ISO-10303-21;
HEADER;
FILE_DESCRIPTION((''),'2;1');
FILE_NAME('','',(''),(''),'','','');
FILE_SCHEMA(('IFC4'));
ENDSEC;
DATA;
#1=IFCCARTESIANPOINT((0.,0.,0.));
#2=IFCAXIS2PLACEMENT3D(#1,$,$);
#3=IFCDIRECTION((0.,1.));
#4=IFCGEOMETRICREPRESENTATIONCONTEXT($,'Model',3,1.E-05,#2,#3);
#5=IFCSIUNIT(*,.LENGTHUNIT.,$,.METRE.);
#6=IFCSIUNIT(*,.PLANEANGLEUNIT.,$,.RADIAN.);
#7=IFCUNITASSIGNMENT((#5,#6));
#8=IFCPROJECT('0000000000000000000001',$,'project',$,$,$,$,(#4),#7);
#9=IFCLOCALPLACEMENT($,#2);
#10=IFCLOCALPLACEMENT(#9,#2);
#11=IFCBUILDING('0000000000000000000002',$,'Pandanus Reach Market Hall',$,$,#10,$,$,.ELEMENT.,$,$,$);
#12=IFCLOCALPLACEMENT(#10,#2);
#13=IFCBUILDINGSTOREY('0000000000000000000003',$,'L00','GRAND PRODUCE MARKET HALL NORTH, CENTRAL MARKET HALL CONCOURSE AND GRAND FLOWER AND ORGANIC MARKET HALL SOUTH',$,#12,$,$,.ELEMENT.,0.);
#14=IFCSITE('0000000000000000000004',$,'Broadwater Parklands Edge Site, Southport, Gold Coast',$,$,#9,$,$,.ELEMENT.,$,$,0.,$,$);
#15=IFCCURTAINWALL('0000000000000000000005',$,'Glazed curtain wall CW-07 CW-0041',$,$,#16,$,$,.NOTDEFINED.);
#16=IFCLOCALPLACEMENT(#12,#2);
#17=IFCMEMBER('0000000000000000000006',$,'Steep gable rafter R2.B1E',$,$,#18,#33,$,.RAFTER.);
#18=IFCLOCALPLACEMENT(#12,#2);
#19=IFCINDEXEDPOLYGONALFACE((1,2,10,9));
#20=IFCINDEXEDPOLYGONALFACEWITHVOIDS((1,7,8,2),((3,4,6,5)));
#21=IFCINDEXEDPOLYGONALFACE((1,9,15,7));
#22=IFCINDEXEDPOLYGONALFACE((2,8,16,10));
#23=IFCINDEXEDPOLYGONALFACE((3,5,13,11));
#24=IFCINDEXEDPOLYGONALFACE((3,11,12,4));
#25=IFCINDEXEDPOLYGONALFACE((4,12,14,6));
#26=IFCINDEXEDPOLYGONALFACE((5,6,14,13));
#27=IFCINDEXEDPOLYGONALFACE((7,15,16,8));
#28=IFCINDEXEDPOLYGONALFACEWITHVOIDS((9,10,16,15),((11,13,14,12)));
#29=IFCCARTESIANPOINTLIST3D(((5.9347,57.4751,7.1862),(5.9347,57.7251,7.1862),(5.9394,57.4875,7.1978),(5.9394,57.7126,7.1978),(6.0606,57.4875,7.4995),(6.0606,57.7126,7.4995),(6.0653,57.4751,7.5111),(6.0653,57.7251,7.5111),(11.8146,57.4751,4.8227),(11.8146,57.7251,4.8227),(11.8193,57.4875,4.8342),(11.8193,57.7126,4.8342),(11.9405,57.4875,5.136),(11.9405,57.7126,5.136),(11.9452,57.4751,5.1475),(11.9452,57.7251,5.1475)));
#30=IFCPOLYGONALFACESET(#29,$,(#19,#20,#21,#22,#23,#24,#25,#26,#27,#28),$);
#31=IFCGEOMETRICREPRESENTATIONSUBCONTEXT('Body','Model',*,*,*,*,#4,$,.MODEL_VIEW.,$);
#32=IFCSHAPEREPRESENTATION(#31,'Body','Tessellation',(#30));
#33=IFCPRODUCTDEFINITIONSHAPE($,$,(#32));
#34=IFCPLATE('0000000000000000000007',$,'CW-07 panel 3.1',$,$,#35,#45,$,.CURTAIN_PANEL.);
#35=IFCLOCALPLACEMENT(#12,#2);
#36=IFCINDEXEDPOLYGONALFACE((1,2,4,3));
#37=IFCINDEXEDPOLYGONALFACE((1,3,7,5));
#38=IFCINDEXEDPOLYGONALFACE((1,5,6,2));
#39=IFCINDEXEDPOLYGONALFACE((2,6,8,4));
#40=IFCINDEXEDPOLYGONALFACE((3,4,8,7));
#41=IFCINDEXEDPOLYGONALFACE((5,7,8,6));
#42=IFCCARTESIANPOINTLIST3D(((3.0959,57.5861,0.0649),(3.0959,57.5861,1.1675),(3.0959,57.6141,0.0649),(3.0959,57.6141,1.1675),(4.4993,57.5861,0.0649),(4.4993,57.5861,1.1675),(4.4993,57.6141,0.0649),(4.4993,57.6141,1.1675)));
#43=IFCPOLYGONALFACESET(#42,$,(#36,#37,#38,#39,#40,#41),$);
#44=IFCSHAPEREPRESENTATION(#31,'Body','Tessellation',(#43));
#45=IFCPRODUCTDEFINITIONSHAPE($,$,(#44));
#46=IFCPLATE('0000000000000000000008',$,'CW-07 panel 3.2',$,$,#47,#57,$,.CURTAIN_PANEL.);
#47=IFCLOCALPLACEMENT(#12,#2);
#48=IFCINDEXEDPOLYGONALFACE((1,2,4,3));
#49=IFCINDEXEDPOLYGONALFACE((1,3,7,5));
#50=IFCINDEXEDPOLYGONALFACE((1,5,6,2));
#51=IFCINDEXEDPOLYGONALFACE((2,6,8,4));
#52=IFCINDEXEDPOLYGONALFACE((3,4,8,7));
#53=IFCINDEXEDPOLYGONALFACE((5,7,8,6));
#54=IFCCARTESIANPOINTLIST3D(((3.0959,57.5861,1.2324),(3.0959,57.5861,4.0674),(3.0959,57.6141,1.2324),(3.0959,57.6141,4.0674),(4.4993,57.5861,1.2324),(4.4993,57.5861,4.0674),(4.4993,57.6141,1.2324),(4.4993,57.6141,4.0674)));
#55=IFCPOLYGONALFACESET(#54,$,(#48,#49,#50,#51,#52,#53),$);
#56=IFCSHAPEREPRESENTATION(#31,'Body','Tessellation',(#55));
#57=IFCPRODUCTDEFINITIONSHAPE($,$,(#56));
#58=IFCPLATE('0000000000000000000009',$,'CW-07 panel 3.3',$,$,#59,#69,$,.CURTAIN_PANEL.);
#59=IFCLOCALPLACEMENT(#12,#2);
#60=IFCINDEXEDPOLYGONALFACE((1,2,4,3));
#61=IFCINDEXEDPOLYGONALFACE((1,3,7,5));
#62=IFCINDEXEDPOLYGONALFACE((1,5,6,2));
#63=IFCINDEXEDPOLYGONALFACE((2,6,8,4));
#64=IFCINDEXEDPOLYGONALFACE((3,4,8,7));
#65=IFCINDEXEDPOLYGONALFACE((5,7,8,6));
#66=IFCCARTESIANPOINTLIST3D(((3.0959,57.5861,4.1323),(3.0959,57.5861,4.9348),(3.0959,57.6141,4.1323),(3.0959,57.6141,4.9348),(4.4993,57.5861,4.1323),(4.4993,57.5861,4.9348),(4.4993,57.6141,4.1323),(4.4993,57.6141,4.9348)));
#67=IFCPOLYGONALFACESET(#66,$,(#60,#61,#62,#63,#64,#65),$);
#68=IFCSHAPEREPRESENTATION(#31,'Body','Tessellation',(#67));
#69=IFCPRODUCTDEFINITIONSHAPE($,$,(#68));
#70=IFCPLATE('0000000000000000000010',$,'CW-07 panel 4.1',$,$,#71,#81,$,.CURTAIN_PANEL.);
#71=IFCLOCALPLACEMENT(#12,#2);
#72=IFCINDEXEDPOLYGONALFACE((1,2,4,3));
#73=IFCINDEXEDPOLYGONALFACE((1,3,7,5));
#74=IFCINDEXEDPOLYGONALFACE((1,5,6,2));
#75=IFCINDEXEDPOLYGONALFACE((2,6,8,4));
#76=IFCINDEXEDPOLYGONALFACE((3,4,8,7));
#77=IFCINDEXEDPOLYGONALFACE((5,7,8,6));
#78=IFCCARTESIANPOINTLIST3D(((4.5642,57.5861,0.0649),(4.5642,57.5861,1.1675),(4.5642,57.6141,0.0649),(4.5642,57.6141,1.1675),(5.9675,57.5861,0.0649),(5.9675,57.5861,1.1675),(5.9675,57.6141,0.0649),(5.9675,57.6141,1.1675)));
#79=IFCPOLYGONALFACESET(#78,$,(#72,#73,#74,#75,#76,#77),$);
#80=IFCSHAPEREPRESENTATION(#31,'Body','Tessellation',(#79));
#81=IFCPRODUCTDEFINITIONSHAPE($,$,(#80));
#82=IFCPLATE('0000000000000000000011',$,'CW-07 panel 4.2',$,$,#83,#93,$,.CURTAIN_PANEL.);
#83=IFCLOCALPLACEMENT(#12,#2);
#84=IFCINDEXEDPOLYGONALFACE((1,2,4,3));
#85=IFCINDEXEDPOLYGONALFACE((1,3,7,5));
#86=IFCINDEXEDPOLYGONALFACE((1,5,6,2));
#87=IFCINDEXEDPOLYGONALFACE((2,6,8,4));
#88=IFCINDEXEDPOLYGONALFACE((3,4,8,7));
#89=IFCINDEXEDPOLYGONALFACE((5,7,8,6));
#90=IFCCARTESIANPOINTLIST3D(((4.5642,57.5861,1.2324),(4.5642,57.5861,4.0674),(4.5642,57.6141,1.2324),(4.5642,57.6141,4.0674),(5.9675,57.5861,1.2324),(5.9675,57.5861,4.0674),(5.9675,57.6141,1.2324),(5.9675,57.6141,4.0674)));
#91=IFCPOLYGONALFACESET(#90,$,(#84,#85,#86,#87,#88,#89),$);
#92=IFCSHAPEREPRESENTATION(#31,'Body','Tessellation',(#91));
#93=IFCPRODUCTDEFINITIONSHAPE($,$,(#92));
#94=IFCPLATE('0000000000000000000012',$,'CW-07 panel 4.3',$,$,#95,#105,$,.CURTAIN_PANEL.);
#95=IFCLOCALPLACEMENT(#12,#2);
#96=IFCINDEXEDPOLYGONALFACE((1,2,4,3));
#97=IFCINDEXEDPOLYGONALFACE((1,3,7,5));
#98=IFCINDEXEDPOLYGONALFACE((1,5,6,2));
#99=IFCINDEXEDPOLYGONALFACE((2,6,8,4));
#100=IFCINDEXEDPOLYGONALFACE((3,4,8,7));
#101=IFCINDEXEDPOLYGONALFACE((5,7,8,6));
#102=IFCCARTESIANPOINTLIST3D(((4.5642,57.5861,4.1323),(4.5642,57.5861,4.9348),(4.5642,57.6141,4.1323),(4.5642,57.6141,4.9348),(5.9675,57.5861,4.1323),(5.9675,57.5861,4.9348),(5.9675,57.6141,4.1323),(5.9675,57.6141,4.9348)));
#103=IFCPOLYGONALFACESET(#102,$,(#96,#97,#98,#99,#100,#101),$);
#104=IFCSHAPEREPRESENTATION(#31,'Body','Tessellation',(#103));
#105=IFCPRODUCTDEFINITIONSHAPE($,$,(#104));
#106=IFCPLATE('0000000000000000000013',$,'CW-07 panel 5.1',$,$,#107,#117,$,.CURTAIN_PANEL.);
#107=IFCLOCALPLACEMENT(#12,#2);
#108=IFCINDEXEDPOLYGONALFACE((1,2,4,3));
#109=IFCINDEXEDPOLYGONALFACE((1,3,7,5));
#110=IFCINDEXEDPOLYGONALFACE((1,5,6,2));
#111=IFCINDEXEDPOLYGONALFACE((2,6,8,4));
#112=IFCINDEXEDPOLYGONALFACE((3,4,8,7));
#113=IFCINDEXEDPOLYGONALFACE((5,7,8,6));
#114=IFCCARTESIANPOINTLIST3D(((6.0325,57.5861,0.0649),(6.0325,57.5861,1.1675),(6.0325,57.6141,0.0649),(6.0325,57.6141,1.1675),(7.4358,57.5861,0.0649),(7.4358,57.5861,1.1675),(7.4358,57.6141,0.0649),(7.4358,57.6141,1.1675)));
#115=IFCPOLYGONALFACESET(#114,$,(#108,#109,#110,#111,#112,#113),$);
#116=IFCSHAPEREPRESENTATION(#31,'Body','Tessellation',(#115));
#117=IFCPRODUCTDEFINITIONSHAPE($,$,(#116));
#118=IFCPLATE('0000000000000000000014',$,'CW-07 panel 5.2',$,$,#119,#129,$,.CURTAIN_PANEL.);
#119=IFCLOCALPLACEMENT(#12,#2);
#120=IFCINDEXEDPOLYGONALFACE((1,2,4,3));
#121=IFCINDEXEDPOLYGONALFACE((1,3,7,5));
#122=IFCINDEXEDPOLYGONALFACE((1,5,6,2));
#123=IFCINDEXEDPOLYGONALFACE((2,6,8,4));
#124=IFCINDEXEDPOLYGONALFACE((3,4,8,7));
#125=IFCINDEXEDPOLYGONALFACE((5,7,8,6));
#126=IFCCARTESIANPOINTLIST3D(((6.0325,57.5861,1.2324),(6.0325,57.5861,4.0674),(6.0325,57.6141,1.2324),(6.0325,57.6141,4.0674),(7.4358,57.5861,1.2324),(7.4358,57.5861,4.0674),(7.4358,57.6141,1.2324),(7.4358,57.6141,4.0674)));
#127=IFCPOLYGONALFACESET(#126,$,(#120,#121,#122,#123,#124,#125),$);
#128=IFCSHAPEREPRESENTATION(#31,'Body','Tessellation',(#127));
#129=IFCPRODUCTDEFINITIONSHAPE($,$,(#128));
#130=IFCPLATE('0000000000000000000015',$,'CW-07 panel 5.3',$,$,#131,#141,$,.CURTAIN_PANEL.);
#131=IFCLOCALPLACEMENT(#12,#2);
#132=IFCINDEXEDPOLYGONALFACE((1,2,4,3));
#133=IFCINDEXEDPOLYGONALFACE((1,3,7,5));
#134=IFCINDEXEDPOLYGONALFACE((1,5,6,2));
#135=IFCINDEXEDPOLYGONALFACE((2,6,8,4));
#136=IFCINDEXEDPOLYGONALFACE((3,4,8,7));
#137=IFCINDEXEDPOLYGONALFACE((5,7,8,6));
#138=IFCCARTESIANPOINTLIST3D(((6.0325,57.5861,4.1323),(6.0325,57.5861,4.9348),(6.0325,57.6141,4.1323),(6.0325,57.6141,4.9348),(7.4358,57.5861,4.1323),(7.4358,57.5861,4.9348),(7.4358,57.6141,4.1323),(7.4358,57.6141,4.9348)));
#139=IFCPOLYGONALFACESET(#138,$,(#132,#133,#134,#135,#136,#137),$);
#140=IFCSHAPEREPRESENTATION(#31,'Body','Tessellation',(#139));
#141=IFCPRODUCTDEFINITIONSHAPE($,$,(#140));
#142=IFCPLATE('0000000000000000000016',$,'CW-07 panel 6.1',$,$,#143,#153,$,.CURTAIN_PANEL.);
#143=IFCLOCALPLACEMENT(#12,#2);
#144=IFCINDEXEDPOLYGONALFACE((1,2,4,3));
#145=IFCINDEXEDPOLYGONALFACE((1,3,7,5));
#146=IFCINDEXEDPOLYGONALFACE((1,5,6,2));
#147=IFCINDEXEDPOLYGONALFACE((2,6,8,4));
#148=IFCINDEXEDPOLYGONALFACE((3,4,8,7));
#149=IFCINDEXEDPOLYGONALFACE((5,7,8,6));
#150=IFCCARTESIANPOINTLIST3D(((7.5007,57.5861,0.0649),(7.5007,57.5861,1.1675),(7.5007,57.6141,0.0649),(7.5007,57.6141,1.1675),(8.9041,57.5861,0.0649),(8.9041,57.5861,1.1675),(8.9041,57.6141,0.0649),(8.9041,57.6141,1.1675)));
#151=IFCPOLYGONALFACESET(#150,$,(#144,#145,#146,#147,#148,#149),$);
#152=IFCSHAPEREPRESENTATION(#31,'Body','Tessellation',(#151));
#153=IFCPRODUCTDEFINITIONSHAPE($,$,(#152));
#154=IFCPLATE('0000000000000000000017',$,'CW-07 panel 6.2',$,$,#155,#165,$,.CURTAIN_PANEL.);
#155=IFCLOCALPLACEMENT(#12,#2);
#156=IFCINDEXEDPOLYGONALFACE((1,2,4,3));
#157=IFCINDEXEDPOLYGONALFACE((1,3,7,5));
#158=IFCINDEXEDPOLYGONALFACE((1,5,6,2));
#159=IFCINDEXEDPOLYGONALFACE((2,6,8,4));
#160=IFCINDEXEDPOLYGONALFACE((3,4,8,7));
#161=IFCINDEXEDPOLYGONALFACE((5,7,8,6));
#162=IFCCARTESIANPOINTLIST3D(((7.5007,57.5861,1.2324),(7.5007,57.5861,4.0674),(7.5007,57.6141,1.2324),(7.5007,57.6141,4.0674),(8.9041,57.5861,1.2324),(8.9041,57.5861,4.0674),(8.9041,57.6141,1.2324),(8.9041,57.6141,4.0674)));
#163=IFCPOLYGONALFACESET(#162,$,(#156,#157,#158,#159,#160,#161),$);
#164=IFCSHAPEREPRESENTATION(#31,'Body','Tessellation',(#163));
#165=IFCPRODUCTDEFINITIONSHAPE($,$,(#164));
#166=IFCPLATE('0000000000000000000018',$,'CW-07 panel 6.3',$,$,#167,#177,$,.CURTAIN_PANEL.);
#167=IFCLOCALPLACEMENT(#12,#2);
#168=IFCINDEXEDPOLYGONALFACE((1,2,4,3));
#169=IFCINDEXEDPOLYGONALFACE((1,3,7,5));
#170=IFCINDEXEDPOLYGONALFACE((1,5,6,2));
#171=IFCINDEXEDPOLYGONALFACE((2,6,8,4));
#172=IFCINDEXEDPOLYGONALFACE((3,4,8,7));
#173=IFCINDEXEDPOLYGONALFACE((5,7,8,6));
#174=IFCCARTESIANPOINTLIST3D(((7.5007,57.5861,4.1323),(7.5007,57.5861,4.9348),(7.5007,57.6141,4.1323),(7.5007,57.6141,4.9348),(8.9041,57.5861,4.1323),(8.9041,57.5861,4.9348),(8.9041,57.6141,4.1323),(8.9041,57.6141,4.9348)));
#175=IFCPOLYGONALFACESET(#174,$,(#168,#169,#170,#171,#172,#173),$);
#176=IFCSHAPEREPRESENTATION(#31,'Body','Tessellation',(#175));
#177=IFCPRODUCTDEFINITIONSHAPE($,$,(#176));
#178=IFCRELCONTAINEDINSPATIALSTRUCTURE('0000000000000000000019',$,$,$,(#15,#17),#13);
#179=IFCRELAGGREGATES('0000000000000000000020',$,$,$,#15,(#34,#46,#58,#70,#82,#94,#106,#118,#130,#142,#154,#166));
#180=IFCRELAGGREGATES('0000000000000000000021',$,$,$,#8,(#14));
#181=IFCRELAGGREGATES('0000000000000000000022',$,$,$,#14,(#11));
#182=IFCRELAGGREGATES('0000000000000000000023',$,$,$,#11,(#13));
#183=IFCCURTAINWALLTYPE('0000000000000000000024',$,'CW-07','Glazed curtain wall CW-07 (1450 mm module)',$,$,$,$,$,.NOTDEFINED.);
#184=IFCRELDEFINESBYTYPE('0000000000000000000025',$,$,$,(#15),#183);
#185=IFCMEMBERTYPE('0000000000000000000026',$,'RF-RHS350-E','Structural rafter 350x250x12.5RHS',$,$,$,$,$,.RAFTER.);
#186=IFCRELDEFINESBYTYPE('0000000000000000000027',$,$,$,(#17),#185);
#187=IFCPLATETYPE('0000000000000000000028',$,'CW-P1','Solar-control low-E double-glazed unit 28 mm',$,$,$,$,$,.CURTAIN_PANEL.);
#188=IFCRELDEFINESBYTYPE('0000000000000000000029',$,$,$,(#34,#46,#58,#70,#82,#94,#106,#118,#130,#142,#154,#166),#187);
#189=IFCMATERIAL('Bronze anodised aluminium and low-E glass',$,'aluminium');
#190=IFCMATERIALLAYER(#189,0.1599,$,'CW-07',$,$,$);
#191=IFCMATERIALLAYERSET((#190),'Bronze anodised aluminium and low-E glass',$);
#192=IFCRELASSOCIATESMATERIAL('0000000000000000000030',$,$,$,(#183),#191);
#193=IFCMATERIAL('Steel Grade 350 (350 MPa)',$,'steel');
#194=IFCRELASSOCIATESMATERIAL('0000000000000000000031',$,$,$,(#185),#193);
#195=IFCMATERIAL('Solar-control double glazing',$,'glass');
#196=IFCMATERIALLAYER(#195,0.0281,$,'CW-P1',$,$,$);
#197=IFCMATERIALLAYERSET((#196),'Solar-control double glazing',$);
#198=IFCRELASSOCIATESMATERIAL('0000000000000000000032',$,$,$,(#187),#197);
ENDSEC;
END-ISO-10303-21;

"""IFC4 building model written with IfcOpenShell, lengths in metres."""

from ifc_helpers import new_model, si_unit, direction, frame, origin, origin_2d, place, context, subcontext, project, spatial, rectangle, hollow_rectangle, extrude, material, layer, layer_set, material_profile, profile_set, type_object, element, aggregate, save


model = new_model("IFC4")

# Units and contexts
model_context = context("Model", 3, precision=1e-05, world=origin(), true_north=direction((0.0, 1.0)))
body_context = subcontext(model_context, "Body", "Model", "MODEL_VIEW")
ifc_project = project(units=[si_unit("LENGTHUNIT", "METRE"), si_unit("PLANEANGLEUNIT", "RADIAN")], contexts=[model_context])

# Site, building, storey
site_placement = place(None, origin())
site = spatial("IfcSite", under=ifc_project, at=site_placement, Name="Broadwater Parklands Edge Site, Southport, Gold Coast", CompositionType="ELEMENT", RefElevation=0.0)
building_placement = place(site_placement, origin())
building = spatial("IfcBuilding", under=site, at=building_placement, Name="Pandanus Reach Market Hall", CompositionType="ELEMENT")
storey_placement = place(building_placement, origin())
storey = spatial("IfcBuildingStorey", under=building, at=storey_placement, Name="L00", Description="GRAND PRODUCE MARKET HALL NORTH, CENTRAL MARKET HALL CONCOURSE AND GRAND FLOWER AND ORGANIC MARKET HALL SOUTH", CompositionType="ELEMENT", Elevation=0.0)

# Curtain wall
ifc_material_1 = material(Name="Bronze anodised aluminium and low-E glass", Category="aluminium")
ifc_layer_1 = layer(ifc_material_1, 0.1599, Name="CW-07")
ifc_layer_set_1 = layer_set([ifc_layer_1], Name="Bronze anodised aluminium and low-E glass")
curtain_wall_type = type_object("IfcCurtainWallType", Name="CW-07", Description="Glazed curtain wall CW-07 (1450 mm module)", PredefinedType="NOTDEFINED", material=ifc_layer_set_1)
curtain_wall_placement = place(storey_placement, origin())
curtain_wall = element("IfcCurtainWall", 1, at=curtain_wall_placement, inside=storey, type_object=curtain_wall_type, Name="Glazed curtain wall CW-07 CW-0041", PredefinedType="NOTDEFINED")

# Member
ifc_material_2 = material(Name="Steel Grade 350 (350 MPa)", Category="steel")
ifc_material_profile_1 = material_profile(ifc_material_2, hollow_rectangle(XDim=0.25, YDim=0.3501, WallThickness=0.0125, at=origin_2d()), Name="350x250x12.5RHS", Category="LoadBearing")
ifc_profile_set_1 = profile_set([ifc_material_profile_1], Name="Steel Grade 350 (350 MPa)")
member_type_1 = type_object("IfcMemberType", Name="RF-RHS350-E", Description="Structural rafter 350x250x12.5RHS", PredefinedType="RAFTER", material=ifc_profile_set_1)
member_1_placement = place(storey_placement, frame((6.0, 57.6001, 7.3486), z_axis=(0.927846, 0.0, -0.372964), x_axis=(0.0, 1.0, 0.0)))
element("IfcMember", 2, at=member_1_placement, inside=storey, type_object=member_type_1, Name="Steep gable rafter R2.B1E", PredefinedType="RAFTER", context=body_context, shape_type="SweptSolid", body=[
    extrude(hollow_rectangle(XDim=0.25, YDim=0.3501, WallThickness=0.0125, at=origin_2d()), origin(), (0.0, 0.0, 1.0), 6.3372),
])

# Plates
ifc_material_3 = material(Name="Solar-control double glazing", Category="glass")
ifc_layer_2 = layer(ifc_material_3, 0.0281, Name="CW-P1")
ifc_layer_set_2 = layer_set([ifc_layer_2], Name="Solar-control double glazing")
plate_type = type_object("IfcPlateType", Name="CW-P1", Description="Solar-control low-E double-glazed unit 28 mm", PredefinedType="CURTAIN_PANEL", material=ifc_layer_set_2)
plate_1_placement = place(storey_placement, frame((3.7976, 57.6001, 0.0649), z_axis=(0.0, 0.0, 1.0), x_axis=(1.0, 0.0, 0.0)))
plate_1 = element("IfcPlate", 3, at=plate_1_placement, type_object=plate_type, Name="CW-07 panel 3.1", PredefinedType="CURTAIN_PANEL", context=body_context, shape_type="SweptSolid", body=[
    extrude(rectangle(XDim=1.4033, YDim=0.0281, at=origin_2d()), origin(), (0.0, 0.0, 1.0), 1.1025),
])
plate_2_placement = place(storey_placement, frame((3.7976, 57.6001, 1.2324), z_axis=(0.0, 0.0, 1.0), x_axis=(1.0, 0.0, 0.0)))
plate_2 = element("IfcPlate", 4, at=plate_2_placement, type_object=plate_type, Name="CW-07 panel 3.2", PredefinedType="CURTAIN_PANEL", context=body_context, shape_type="SweptSolid", body=[
    extrude(rectangle(XDim=1.4033, YDim=0.0281, at=origin_2d()), origin(), (0.0, 0.0, 1.0), 2.835),
])
plate_3_placement = place(storey_placement, frame((3.7976, 57.6001, 4.1323), z_axis=(0.0, 0.0, 1.0), x_axis=(1.0, 0.0, 0.0)))
plate_3 = element("IfcPlate", 5, at=plate_3_placement, type_object=plate_type, Name="CW-07 panel 3.3", PredefinedType="CURTAIN_PANEL", context=body_context, shape_type="SweptSolid", body=[
    extrude(rectangle(XDim=1.4033, YDim=0.0281, at=origin_2d()), origin(), (0.0, 0.0, 1.0), 0.8025),
])
plate_4_placement = place(storey_placement, frame((5.2659, 57.6001, 0.0649), z_axis=(0.0, 0.0, 1.0), x_axis=(1.0, 0.0, 0.0)))
plate_4 = element("IfcPlate", 6, at=plate_4_placement, type_object=plate_type, Name="CW-07 panel 4.1", PredefinedType="CURTAIN_PANEL", context=body_context, shape_type="SweptSolid", body=[
    extrude(rectangle(XDim=1.4033, YDim=0.0281, at=origin_2d()), origin(), (0.0, 0.0, 1.0), 1.1025),
])
plate_5_placement = place(storey_placement, frame((5.2659, 57.6001, 1.2324), z_axis=(0.0, 0.0, 1.0), x_axis=(1.0, 0.0, 0.0)))
plate_5 = element("IfcPlate", 7, at=plate_5_placement, type_object=plate_type, Name="CW-07 panel 4.2", PredefinedType="CURTAIN_PANEL", context=body_context, shape_type="SweptSolid", body=[
    extrude(rectangle(XDim=1.4033, YDim=0.0281, at=origin_2d()), origin(), (0.0, 0.0, 1.0), 2.835),
])
plate_6_placement = place(storey_placement, frame((5.2659, 57.6001, 4.1323), z_axis=(0.0, 0.0, 1.0), x_axis=(1.0, 0.0, 0.0)))
plate_6 = element("IfcPlate", 8, at=plate_6_placement, type_object=plate_type, Name="CW-07 panel 4.3", PredefinedType="CURTAIN_PANEL", context=body_context, shape_type="SweptSolid", body=[
    extrude(rectangle(XDim=1.4033, YDim=0.0281, at=origin_2d()), origin(), (0.0, 0.0, 1.0), 0.8025),
])
plate_7_placement = place(storey_placement, frame((6.7341, 57.6001, 0.0649), z_axis=(0.0, 0.0, 1.0), x_axis=(1.0, 0.0, 0.0)))
plate_7 = element("IfcPlate", 9, at=plate_7_placement, type_object=plate_type, Name="CW-07 panel 5.1", PredefinedType="CURTAIN_PANEL", context=body_context, shape_type="SweptSolid", body=[
    extrude(rectangle(XDim=1.4033, YDim=0.0281, at=origin_2d()), origin(), (0.0, 0.0, 1.0), 1.1025),
])
plate_8_placement = place(storey_placement, frame((6.7341, 57.6001, 1.2324), z_axis=(0.0, 0.0, 1.0), x_axis=(1.0, 0.0, 0.0)))
plate_8 = element("IfcPlate", 10, at=plate_8_placement, type_object=plate_type, Name="CW-07 panel 5.2", PredefinedType="CURTAIN_PANEL", context=body_context, shape_type="SweptSolid", body=[
    extrude(rectangle(XDim=1.4033, YDim=0.0281, at=origin_2d()), origin(), (0.0, 0.0, 1.0), 2.835),
])
plate_9_placement = place(storey_placement, frame((6.7341, 57.6001, 4.1323), z_axis=(0.0, 0.0, 1.0), x_axis=(1.0, 0.0, 0.0)))
plate_9 = element("IfcPlate", 11, at=plate_9_placement, type_object=plate_type, Name="CW-07 panel 5.3", PredefinedType="CURTAIN_PANEL", context=body_context, shape_type="SweptSolid", body=[
    extrude(rectangle(XDim=1.4033, YDim=0.0281, at=origin_2d()), origin(), (0.0, 0.0, 1.0), 0.8025),
])
plate_10_placement = place(storey_placement, frame((8.2024, 57.6001, 0.0649), z_axis=(0.0, 0.0, 1.0), x_axis=(1.0, 0.0, 0.0)))
plate_10 = element("IfcPlate", 12, at=plate_10_placement, type_object=plate_type, Name="CW-07 panel 6.1", PredefinedType="CURTAIN_PANEL", context=body_context, shape_type="SweptSolid", body=[
    extrude(rectangle(XDim=1.4033, YDim=0.0281, at=origin_2d()), origin(), (0.0, 0.0, 1.0), 1.1025),
])
plate_11_placement = place(storey_placement, frame((8.2024, 57.6001, 1.2324), z_axis=(0.0, 0.0, 1.0), x_axis=(1.0, 0.0, 0.0)))
plate_11 = element("IfcPlate", 13, at=plate_11_placement, type_object=plate_type, Name="CW-07 panel 6.2", PredefinedType="CURTAIN_PANEL", context=body_context, shape_type="SweptSolid", body=[
    extrude(rectangle(XDim=1.4033, YDim=0.0281, at=origin_2d()), origin(), (0.0, 0.0, 1.0), 2.835),
])
plate_12_placement = place(storey_placement, frame((8.2024, 57.6001, 4.1323), z_axis=(0.0, 0.0, 1.0), x_axis=(1.0, 0.0, 0.0)))
plate_12 = element("IfcPlate", 14, at=plate_12_placement, type_object=plate_type, Name="CW-07 panel 6.3", PredefinedType="CURTAIN_PANEL", context=body_context, shape_type="SweptSolid", body=[
    extrude(rectangle(XDim=1.4033, YDim=0.0281, at=origin_2d()), origin(), (0.0, 0.0, 1.0), 0.8025),
])
aggregate(curtain_wall, [plate_1, plate_2, plate_3, plate_4, plate_5, plate_6, plate_7, plate_8, plate_9, plate_10, plate_11, plate_12])

save(model, "model.ifc")
